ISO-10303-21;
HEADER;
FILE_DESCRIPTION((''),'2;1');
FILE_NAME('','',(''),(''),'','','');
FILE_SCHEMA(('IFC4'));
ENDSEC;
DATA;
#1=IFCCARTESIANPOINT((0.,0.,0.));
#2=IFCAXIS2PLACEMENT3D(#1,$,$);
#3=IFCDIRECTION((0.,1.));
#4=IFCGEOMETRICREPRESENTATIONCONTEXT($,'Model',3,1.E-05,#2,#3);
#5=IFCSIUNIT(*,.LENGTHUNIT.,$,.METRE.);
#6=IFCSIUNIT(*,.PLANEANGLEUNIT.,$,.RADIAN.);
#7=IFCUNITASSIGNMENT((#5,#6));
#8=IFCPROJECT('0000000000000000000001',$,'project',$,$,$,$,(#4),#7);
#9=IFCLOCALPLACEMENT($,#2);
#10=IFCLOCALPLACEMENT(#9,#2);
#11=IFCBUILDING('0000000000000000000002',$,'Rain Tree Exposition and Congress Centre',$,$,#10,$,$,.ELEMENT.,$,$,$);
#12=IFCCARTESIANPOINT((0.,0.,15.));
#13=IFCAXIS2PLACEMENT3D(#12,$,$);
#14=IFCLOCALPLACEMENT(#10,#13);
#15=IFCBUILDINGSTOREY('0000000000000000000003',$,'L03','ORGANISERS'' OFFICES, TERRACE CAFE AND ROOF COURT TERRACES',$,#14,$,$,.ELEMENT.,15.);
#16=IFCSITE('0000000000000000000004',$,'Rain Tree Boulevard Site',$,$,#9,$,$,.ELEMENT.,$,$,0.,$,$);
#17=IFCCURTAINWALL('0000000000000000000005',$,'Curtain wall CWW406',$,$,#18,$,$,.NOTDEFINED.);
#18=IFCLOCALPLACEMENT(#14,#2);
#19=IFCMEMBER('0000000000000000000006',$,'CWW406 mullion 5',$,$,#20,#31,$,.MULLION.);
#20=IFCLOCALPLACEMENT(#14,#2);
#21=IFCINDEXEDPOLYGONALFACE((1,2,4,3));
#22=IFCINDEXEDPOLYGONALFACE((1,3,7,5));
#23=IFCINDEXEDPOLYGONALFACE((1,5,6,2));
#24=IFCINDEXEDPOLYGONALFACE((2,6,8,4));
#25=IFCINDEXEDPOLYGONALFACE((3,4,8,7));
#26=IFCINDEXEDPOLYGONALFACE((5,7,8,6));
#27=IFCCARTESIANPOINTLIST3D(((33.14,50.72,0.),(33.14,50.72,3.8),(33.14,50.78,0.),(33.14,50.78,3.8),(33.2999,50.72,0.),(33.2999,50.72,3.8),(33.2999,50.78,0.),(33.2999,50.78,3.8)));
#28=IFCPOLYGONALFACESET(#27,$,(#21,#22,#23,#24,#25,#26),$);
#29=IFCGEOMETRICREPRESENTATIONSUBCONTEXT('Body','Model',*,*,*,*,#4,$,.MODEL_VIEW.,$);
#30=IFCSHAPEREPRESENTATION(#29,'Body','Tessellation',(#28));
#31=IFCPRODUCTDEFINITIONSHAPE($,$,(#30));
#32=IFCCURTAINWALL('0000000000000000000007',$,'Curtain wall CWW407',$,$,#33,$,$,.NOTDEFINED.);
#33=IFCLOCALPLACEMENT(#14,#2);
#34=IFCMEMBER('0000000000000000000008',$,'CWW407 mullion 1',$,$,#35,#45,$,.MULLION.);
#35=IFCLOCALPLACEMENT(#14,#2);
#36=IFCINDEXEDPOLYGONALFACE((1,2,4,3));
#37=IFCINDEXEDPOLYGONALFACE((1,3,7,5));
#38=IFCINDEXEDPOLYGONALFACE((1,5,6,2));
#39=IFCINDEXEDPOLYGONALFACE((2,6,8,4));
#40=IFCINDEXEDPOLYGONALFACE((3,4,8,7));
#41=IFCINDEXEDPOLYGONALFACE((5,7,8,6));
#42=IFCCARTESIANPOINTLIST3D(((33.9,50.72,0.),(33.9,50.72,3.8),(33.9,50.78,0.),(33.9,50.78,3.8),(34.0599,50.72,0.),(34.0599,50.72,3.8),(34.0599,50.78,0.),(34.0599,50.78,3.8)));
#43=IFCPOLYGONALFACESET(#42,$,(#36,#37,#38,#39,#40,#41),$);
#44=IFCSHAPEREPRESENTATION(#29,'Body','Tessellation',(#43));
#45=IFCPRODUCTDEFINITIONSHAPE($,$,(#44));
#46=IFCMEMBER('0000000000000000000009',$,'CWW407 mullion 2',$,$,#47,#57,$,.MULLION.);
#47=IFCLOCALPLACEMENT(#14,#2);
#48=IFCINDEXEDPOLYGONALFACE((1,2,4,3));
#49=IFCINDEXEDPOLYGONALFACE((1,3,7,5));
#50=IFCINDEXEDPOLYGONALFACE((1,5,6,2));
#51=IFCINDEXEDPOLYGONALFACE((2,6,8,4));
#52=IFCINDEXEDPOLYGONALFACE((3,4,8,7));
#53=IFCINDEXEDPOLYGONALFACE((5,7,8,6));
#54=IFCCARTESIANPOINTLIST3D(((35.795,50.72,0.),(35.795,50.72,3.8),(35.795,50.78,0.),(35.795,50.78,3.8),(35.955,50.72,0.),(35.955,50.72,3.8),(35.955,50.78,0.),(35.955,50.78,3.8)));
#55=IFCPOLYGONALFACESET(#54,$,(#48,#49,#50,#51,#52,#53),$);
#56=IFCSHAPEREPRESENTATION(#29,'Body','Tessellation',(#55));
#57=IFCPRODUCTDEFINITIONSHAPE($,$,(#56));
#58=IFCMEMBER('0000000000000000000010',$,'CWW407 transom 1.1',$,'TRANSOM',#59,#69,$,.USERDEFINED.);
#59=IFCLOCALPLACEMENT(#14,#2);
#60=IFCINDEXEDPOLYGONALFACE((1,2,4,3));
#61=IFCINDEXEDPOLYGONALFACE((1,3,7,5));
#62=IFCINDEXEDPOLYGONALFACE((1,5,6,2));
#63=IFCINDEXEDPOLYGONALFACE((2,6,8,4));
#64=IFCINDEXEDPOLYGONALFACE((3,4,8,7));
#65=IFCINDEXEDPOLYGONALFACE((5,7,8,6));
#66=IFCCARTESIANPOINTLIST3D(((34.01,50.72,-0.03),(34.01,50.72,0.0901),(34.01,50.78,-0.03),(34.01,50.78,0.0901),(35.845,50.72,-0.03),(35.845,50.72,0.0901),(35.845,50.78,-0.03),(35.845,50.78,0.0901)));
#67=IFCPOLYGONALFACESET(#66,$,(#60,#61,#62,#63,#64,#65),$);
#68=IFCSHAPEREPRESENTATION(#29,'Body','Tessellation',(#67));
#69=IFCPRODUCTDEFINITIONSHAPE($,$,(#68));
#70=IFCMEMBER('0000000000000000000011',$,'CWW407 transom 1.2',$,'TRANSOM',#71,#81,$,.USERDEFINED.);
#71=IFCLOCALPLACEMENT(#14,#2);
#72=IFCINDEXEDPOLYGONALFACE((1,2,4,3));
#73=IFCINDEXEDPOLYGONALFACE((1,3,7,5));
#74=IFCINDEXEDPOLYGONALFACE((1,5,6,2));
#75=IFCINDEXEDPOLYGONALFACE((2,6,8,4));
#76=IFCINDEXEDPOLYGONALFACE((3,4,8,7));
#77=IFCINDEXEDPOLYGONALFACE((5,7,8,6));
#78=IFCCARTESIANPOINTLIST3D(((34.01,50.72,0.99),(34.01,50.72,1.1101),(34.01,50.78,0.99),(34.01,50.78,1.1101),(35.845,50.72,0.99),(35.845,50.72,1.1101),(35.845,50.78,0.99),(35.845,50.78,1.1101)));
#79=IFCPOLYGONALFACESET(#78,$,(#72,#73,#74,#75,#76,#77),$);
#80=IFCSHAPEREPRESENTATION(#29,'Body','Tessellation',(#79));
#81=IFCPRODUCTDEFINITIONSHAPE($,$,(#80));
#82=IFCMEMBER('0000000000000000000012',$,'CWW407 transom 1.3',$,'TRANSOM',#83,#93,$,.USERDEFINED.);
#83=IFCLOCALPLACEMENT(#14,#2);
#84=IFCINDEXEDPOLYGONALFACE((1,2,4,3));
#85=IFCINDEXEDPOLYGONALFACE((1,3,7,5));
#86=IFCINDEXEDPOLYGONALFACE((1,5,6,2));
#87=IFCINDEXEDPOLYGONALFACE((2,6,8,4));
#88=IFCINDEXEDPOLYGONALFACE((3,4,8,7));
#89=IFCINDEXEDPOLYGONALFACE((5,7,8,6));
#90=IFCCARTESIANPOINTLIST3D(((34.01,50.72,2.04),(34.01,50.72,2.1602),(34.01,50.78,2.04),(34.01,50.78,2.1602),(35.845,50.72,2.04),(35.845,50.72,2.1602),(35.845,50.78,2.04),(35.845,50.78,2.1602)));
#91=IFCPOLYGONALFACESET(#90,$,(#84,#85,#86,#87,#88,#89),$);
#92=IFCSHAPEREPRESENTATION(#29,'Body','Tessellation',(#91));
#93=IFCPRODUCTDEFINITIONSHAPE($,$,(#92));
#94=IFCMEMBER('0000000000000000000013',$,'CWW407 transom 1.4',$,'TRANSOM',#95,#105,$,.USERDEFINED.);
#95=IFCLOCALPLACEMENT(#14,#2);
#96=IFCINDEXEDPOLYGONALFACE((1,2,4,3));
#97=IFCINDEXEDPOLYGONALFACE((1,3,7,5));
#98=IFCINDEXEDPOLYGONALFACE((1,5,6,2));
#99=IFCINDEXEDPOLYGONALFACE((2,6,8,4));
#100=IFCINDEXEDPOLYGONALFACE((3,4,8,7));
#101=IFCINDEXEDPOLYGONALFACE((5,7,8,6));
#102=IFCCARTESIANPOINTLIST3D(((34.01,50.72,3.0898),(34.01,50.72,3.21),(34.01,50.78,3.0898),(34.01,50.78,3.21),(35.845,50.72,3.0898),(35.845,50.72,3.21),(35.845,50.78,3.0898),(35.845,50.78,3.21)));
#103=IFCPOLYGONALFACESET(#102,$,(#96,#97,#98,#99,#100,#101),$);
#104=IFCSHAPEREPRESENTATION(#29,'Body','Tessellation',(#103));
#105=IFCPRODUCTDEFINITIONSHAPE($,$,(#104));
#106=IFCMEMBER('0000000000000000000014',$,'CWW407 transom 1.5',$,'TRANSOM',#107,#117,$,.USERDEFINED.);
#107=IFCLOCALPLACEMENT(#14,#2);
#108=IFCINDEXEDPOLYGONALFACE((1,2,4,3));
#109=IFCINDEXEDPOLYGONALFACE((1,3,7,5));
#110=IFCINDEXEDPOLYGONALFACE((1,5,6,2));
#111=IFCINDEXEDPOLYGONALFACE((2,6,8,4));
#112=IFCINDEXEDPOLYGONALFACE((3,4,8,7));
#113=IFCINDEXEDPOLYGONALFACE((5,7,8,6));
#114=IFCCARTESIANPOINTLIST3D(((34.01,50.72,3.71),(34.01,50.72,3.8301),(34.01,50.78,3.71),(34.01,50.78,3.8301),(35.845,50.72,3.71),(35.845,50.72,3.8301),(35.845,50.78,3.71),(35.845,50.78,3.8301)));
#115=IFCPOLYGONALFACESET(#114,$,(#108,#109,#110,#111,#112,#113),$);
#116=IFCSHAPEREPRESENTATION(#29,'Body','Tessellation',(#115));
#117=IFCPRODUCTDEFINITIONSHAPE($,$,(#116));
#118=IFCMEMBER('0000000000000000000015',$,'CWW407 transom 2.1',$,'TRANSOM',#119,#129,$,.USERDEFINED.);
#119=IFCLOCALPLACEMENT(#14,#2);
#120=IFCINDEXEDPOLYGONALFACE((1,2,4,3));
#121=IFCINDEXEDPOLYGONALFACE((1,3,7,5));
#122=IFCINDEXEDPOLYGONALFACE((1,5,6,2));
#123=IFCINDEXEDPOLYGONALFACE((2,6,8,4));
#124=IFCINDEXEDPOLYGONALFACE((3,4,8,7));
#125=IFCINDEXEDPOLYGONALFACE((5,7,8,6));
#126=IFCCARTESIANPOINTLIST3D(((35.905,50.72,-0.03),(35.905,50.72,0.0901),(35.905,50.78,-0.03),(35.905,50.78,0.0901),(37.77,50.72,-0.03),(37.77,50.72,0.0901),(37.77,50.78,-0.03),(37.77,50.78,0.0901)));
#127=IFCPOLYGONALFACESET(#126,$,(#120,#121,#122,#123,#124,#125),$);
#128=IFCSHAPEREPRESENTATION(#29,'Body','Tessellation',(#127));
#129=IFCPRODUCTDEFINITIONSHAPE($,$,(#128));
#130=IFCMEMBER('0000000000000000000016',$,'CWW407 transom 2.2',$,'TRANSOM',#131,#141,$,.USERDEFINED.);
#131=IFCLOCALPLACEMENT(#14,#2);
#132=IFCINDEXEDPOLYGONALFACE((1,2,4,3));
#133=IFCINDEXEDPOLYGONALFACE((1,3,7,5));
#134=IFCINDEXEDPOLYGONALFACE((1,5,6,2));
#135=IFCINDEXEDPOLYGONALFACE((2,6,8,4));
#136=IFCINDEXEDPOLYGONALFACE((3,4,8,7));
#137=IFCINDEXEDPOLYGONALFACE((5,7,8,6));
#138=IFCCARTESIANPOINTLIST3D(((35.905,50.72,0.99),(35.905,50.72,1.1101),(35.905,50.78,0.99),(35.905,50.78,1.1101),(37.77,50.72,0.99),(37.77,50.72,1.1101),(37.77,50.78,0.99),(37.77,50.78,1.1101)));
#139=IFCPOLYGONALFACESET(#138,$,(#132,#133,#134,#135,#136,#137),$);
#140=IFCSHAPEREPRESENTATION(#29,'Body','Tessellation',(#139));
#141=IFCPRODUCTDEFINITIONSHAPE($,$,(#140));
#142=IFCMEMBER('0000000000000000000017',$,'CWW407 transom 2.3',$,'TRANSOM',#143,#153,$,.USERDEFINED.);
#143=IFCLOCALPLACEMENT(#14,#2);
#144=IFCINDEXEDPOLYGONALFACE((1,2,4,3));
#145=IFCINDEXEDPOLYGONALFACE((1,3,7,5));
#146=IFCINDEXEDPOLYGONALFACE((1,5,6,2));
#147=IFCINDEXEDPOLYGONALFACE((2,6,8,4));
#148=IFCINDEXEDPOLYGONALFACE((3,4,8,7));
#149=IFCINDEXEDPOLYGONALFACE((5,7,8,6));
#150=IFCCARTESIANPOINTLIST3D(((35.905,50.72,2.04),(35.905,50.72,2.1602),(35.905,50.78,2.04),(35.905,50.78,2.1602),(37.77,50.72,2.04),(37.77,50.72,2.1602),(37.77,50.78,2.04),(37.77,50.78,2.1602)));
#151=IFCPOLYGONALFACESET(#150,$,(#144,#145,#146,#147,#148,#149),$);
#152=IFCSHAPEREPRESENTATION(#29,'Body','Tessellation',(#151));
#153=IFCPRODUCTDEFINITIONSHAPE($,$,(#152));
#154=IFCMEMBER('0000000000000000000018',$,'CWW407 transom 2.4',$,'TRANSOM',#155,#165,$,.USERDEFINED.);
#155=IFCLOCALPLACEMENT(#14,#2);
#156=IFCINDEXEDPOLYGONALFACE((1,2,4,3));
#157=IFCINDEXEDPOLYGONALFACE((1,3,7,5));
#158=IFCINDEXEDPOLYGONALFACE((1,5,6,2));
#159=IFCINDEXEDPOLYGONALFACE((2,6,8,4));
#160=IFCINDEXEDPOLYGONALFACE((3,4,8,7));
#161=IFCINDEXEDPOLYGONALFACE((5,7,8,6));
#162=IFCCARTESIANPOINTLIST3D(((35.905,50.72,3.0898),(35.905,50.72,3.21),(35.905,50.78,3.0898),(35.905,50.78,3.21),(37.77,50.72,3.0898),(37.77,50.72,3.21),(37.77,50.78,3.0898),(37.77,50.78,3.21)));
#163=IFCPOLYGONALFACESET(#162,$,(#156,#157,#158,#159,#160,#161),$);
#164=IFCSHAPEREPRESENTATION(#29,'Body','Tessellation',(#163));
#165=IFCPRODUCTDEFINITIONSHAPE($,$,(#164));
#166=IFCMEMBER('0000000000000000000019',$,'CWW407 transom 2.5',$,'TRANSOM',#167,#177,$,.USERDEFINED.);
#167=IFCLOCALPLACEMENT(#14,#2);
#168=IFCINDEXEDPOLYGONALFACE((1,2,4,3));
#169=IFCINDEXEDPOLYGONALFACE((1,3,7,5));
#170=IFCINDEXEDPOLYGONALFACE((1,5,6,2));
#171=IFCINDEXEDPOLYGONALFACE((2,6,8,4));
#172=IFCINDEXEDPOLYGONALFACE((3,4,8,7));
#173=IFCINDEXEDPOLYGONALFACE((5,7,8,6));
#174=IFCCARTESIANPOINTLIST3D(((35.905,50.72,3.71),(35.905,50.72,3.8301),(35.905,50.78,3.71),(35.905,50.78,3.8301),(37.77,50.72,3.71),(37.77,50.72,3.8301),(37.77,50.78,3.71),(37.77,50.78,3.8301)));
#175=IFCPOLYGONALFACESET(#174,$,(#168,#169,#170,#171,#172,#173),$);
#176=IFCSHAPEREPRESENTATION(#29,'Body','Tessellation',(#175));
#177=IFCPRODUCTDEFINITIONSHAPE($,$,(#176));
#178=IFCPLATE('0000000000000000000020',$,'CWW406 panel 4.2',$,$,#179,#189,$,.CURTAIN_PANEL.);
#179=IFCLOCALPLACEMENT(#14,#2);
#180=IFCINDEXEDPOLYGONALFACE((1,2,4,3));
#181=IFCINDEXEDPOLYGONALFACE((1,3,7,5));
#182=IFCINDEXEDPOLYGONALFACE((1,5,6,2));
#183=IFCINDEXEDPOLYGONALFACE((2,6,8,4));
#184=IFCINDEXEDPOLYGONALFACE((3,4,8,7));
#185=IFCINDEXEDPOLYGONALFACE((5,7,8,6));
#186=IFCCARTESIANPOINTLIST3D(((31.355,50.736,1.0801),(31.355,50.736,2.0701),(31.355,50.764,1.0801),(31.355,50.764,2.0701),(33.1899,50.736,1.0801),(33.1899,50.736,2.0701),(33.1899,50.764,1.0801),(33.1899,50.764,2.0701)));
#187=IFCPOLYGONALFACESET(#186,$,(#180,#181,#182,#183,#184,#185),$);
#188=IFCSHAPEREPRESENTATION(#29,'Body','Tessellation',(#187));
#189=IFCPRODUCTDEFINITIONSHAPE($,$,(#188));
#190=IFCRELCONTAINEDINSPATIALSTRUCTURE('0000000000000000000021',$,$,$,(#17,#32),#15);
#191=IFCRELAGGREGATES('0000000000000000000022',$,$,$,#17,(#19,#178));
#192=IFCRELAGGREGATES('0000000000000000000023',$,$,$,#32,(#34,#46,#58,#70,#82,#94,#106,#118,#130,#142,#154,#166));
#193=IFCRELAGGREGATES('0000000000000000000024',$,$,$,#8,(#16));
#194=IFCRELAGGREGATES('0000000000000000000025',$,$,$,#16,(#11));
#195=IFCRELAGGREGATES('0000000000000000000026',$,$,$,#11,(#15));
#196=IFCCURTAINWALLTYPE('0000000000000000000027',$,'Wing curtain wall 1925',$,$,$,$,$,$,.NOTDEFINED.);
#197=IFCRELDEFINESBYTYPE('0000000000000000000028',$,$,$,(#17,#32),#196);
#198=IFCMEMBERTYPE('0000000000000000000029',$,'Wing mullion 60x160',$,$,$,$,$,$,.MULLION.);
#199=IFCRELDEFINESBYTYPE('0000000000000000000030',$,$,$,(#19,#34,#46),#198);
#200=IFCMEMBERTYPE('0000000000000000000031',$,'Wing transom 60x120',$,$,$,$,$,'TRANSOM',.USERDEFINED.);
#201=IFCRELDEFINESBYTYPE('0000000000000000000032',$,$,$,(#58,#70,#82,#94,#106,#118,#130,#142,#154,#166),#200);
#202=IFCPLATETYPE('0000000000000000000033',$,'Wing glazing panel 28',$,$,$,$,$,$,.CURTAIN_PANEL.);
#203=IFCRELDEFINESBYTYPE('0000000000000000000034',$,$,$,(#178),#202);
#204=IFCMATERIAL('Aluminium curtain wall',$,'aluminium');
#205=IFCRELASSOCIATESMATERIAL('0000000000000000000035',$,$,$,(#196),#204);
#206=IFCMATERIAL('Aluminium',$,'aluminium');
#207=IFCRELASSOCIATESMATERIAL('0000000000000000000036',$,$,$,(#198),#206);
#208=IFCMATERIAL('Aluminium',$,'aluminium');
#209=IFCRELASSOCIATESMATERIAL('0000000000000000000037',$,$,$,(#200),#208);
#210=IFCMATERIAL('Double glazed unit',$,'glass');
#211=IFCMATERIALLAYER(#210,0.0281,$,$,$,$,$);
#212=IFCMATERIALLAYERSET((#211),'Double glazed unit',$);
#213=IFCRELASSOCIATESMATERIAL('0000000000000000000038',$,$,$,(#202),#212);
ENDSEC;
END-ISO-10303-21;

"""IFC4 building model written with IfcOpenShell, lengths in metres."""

from ifc_helpers import new_model, si_unit, direction, frame, origin, origin_2d, place, context, subcontext, project, spatial, rectangle, extrude, material, layer, layer_set, material_profile, profile_set, type_object, element, aggregate, save


model = new_model("IFC4")

# Units and contexts
model_context = context("Model", 3, precision=1e-05, world=origin(), true_north=direction((0.0, 1.0)))
body_context = subcontext(model_context, "Body", "Model", "MODEL_VIEW")
ifc_project = project(units=[si_unit("LENGTHUNIT", "METRE"), si_unit("PLANEANGLEUNIT", "RADIAN")], contexts=[model_context])

# Site, building, storey
site_placement = place(None, origin())
site = spatial("IfcSite", under=ifc_project, at=site_placement, Name="Rain Tree Boulevard Site", CompositionType="ELEMENT", RefElevation=0.0)
building_placement = place(site_placement, origin())
building = spatial("IfcBuilding", under=site, at=building_placement, Name="Rain Tree Exposition and Congress Centre", CompositionType="ELEMENT")
storey_placement = place(building_placement, frame((0.0, 0.0, 15.0)))
storey = spatial("IfcBuildingStorey", under=building, at=storey_placement, Name="L03", Description="ORGANISERS' OFFICES, TERRACE CAFE AND ROOF COURT TERRACES", CompositionType="ELEMENT", Elevation=15.0)

# Curtain wall, member
ifc_material_1 = material(Name="Aluminium curtain wall", Category="aluminium")
curtain_wall_type = type_object("IfcCurtainWallType", Name="Wing curtain wall 1925", PredefinedType="NOTDEFINED", material=ifc_material_1)
curtain_wall_1_placement = place(storey_placement, origin())
curtain_wall_1 = element("IfcCurtainWall", 1, at=curtain_wall_1_placement, inside=storey, type_object=curtain_wall_type, Name="Curtain wall CWW406", PredefinedType="NOTDEFINED")
ifc_material_2 = material(Name="Aluminium", Category="aluminium")
ifc_material_profile_1 = material_profile(ifc_material_2, rectangle(XDim=0.0601, YDim=0.1599, at=origin_2d()), Name="Aluminium 60x160")
ifc_profile_set_1 = profile_set([ifc_material_profile_1], Name="Aluminium")
member_type_1 = type_object("IfcMemberType", Name="Wing mullion 60x160", PredefinedType="MULLION", material=ifc_profile_set_1)
member_1_placement = place(storey_placement, frame((33.22, 50.75, 0.0), z_axis=(0.0, 0.0, 1.0), x_axis=(0.0, 1.0, 0.0)))
member_1 = element("IfcMember", 2, at=member_1_placement, type_object=member_type_1, Name="CWW406 mullion 5", PredefinedType="MULLION", context=body_context, shape_type="SweptSolid", body=[
    extrude(rectangle(XDim=0.0601, YDim=0.1599, at=origin_2d()), origin(), (0.0, 0.0, 1.0), 3.8),
])

# Curtain wall, members
curtain_wall_2_placement = place(storey_placement, origin())
curtain_wall_2 = element("IfcCurtainWall", 3, at=curtain_wall_2_placement, inside=storey, type_object=curtain_wall_type, Name="Curtain wall CWW407", PredefinedType="NOTDEFINED")
member_2_placement = place(storey_placement, frame((33.98, 50.75, 0.0), z_axis=(0.0, 0.0, 1.0), x_axis=(0.0, 1.0, 0.0)))
member_2 = element("IfcMember", 4, at=member_2_placement, type_object=member_type_1, Name="CWW407 mullion 1", PredefinedType="MULLION", context=body_context, shape_type="SweptSolid", body=[
    extrude(rectangle(XDim=0.0601, YDim=0.1599, at=origin_2d()), origin(), (0.0, 0.0, 1.0), 3.8),
])
member_3_placement = place(storey_placement, frame((35.875, 50.75, 0.0), z_axis=(0.0, 0.0, 1.0), x_axis=(0.0, 1.0, 0.0)))
member_3 = element("IfcMember", 5, at=member_3_placement, type_object=member_type_1, Name="CWW407 mullion 2", PredefinedType="MULLION", context=body_context, shape_type="SweptSolid", body=[
    extrude(rectangle(XDim=0.0601, YDim=0.1599, at=origin_2d()), origin(), (0.0, 0.0, 1.0), 3.8),
])
ifc_material_3 = material(Name="Aluminium", Category="aluminium")
ifc_material_profile_2 = material_profile(ifc_material_3, rectangle(XDim=0.0601, YDim=0.1201, at=origin_2d()), Name="Aluminium 60x120")
ifc_profile_set_2 = profile_set([ifc_material_profile_2], Name="Aluminium")
member_type_2 = type_object("IfcMemberType", Name="Wing transom 60x120", ElementType="TRANSOM", PredefinedType="USERDEFINED", material=ifc_profile_set_2)
member_4_placement = place(storey_placement, frame((34.01, 50.75, 0.03), z_axis=(1.0, 0.0, 0.0), x_axis=(0.0, 1.0, 0.0)))
member_4 = element("IfcMember", 6, at=member_4_placement, type_object=member_type_2, Name="CWW407 transom 1.1", ObjectType="TRANSOM", PredefinedType="USERDEFINED", context=body_context, shape_type="SweptSolid", body=[
    extrude(rectangle(XDim=0.0601, YDim=0.1201, at=origin_2d()), origin(), (0.0, 0.0, 1.0), 1.835),
])
member_5_placement = place(storey_placement, frame((34.01, 50.75, 1.05), z_axis=(1.0, 0.0, 0.0), x_axis=(0.0, 1.0, 0.0)))
member_5 = element("IfcMember", 7, at=member_5_placement, type_object=member_type_2, Name="CWW407 transom 1.2", ObjectType="TRANSOM", PredefinedType="USERDEFINED", context=body_context, shape_type="SweptSolid", body=[
    extrude(rectangle(XDim=0.0601, YDim=0.1201, at=origin_2d()), origin(), (0.0, 0.0, 1.0), 1.835),
])
member_6_placement = place(storey_placement, frame((34.01, 50.75, 2.1001), z_axis=(1.0, 0.0, 0.0), x_axis=(0.0, 1.0, 0.0)))
member_6 = element("IfcMember", 8, at=member_6_placement, type_object=member_type_2, Name="CWW407 transom 1.3", ObjectType="TRANSOM", PredefinedType="USERDEFINED", context=body_context, shape_type="SweptSolid", body=[
    extrude(rectangle(XDim=0.0601, YDim=0.1201, at=origin_2d()), origin(), (0.0, 0.0, 1.0), 1.835),
])
member_7_placement = place(storey_placement, frame((34.01, 50.75, 3.1499), z_axis=(1.0, 0.0, 0.0), x_axis=(0.0, 1.0, 0.0)))
member_7 = element("IfcMember", 9, at=member_7_placement, type_object=member_type_2, Name="CWW407 transom 1.4", ObjectType="TRANSOM", PredefinedType="USERDEFINED", context=body_context, shape_type="SweptSolid", body=[
    extrude(rectangle(XDim=0.0601, YDim=0.1201, at=origin_2d()), origin(), (0.0, 0.0, 1.0), 1.835),
])
member_8_placement = place(storey_placement, frame((34.01, 50.75, 3.77), z_axis=(1.0, 0.0, 0.0), x_axis=(0.0, 1.0, 0.0)))
member_8 = element("IfcMember", 10, at=member_8_placement, type_object=member_type_2, Name="CWW407 transom 1.5", ObjectType="TRANSOM", PredefinedType="USERDEFINED", context=body_context, shape_type="SweptSolid", body=[
    extrude(rectangle(XDim=0.0601, YDim=0.1201, at=origin_2d()), origin(), (0.0, 0.0, 1.0), 1.835),
])
member_9_placement = place(storey_placement, frame((35.905, 50.75, 0.03), z_axis=(1.0, 0.0, 0.0), x_axis=(0.0, 1.0, 0.0)))
member_9 = element("IfcMember", 11, at=member_9_placement, type_object=member_type_2, Name="CWW407 transom 2.1", ObjectType="TRANSOM", PredefinedType="USERDEFINED", context=body_context, shape_type="SweptSolid", body=[
    extrude(rectangle(XDim=0.0601, YDim=0.1201, at=origin_2d()), origin(), (0.0, 0.0, 1.0), 1.865),
])
member_10_placement = place(storey_placement, frame((35.905, 50.75, 1.05), z_axis=(1.0, 0.0, 0.0), x_axis=(0.0, 1.0, 0.0)))
member_10 = element("IfcMember", 12, at=member_10_placement, type_object=member_type_2, Name="CWW407 transom 2.2", ObjectType="TRANSOM", PredefinedType="USERDEFINED", context=body_context, shape_type="SweptSolid", body=[
    extrude(rectangle(XDim=0.0601, YDim=0.1201, at=origin_2d()), origin(), (0.0, 0.0, 1.0), 1.865),
])
member_11_placement = place(storey_placement, frame((35.905, 50.75, 2.1001), z_axis=(1.0, 0.0, 0.0), x_axis=(0.0, 1.0, 0.0)))
member_11 = element("IfcMember", 13, at=member_11_placement, type_object=member_type_2, Name="CWW407 transom 2.3", ObjectType="TRANSOM", PredefinedType="USERDEFINED", context=body_context, shape_type="SweptSolid", body=[
    extrude(rectangle(XDim=0.0601, YDim=0.1201, at=origin_2d()), origin(), (0.0, 0.0, 1.0), 1.865),
])
member_12_placement = place(storey_placement, frame((35.905, 50.75, 3.1499), z_axis=(1.0, 0.0, 0.0), x_axis=(0.0, 1.0, 0.0)))
member_12 = element("IfcMember", 14, at=member_12_placement, type_object=member_type_2, Name="CWW407 transom 2.4", ObjectType="TRANSOM", PredefinedType="USERDEFINED", context=body_context, shape_type="SweptSolid", body=[
    extrude(rectangle(XDim=0.0601, YDim=0.1201, at=origin_2d()), origin(), (0.0, 0.0, 1.0), 1.865),
])
member_13_placement = place(storey_placement, frame((35.905, 50.75, 3.77), z_axis=(1.0, 0.0, 0.0), x_axis=(0.0, 1.0, 0.0)))
member_13 = element("IfcMember", 15, at=member_13_placement, type_object=member_type_2, Name="CWW407 transom 2.5", ObjectType="TRANSOM", PredefinedType="USERDEFINED", context=body_context, shape_type="SweptSolid", body=[
    extrude(rectangle(XDim=0.0601, YDim=0.1201, at=origin_2d()), origin(), (0.0, 0.0, 1.0), 1.865),
])

# Plate
ifc_material_4 = material(Name="Double glazed unit", Category="glass")
ifc_layer = layer(ifc_material_4, 0.0281)
ifc_layer_set = layer_set([ifc_layer], Name="Double glazed unit")
plate_type = type_object("IfcPlateType", Name="Wing glazing panel 28", PredefinedType="CURTAIN_PANEL", material=ifc_layer_set)
plate_1_placement = place(storey_placement, frame((32.2725, 50.75, 1.0801), z_axis=(0.0, 0.0, 1.0), x_axis=(1.0, 0.0, 0.0)))
plate_1 = element("IfcPlate", 16, at=plate_1_placement, type_object=plate_type, Name="CWW406 panel 4.2", PredefinedType="CURTAIN_PANEL", context=body_context, shape_type="SweptSolid", body=[
    extrude(rectangle(XDim=1.835, YDim=0.0281, at=origin_2d()), origin(), (0.0, 0.0, 1.0), 0.99),
])
aggregate(curtain_wall_1, [member_1, plate_1])
aggregate(curtain_wall_2, [member_2, member_3, member_4, member_5, member_6, member_7, member_8, member_9, member_10, member_11, member_12, member_13])

save(model, "model.ifc")
